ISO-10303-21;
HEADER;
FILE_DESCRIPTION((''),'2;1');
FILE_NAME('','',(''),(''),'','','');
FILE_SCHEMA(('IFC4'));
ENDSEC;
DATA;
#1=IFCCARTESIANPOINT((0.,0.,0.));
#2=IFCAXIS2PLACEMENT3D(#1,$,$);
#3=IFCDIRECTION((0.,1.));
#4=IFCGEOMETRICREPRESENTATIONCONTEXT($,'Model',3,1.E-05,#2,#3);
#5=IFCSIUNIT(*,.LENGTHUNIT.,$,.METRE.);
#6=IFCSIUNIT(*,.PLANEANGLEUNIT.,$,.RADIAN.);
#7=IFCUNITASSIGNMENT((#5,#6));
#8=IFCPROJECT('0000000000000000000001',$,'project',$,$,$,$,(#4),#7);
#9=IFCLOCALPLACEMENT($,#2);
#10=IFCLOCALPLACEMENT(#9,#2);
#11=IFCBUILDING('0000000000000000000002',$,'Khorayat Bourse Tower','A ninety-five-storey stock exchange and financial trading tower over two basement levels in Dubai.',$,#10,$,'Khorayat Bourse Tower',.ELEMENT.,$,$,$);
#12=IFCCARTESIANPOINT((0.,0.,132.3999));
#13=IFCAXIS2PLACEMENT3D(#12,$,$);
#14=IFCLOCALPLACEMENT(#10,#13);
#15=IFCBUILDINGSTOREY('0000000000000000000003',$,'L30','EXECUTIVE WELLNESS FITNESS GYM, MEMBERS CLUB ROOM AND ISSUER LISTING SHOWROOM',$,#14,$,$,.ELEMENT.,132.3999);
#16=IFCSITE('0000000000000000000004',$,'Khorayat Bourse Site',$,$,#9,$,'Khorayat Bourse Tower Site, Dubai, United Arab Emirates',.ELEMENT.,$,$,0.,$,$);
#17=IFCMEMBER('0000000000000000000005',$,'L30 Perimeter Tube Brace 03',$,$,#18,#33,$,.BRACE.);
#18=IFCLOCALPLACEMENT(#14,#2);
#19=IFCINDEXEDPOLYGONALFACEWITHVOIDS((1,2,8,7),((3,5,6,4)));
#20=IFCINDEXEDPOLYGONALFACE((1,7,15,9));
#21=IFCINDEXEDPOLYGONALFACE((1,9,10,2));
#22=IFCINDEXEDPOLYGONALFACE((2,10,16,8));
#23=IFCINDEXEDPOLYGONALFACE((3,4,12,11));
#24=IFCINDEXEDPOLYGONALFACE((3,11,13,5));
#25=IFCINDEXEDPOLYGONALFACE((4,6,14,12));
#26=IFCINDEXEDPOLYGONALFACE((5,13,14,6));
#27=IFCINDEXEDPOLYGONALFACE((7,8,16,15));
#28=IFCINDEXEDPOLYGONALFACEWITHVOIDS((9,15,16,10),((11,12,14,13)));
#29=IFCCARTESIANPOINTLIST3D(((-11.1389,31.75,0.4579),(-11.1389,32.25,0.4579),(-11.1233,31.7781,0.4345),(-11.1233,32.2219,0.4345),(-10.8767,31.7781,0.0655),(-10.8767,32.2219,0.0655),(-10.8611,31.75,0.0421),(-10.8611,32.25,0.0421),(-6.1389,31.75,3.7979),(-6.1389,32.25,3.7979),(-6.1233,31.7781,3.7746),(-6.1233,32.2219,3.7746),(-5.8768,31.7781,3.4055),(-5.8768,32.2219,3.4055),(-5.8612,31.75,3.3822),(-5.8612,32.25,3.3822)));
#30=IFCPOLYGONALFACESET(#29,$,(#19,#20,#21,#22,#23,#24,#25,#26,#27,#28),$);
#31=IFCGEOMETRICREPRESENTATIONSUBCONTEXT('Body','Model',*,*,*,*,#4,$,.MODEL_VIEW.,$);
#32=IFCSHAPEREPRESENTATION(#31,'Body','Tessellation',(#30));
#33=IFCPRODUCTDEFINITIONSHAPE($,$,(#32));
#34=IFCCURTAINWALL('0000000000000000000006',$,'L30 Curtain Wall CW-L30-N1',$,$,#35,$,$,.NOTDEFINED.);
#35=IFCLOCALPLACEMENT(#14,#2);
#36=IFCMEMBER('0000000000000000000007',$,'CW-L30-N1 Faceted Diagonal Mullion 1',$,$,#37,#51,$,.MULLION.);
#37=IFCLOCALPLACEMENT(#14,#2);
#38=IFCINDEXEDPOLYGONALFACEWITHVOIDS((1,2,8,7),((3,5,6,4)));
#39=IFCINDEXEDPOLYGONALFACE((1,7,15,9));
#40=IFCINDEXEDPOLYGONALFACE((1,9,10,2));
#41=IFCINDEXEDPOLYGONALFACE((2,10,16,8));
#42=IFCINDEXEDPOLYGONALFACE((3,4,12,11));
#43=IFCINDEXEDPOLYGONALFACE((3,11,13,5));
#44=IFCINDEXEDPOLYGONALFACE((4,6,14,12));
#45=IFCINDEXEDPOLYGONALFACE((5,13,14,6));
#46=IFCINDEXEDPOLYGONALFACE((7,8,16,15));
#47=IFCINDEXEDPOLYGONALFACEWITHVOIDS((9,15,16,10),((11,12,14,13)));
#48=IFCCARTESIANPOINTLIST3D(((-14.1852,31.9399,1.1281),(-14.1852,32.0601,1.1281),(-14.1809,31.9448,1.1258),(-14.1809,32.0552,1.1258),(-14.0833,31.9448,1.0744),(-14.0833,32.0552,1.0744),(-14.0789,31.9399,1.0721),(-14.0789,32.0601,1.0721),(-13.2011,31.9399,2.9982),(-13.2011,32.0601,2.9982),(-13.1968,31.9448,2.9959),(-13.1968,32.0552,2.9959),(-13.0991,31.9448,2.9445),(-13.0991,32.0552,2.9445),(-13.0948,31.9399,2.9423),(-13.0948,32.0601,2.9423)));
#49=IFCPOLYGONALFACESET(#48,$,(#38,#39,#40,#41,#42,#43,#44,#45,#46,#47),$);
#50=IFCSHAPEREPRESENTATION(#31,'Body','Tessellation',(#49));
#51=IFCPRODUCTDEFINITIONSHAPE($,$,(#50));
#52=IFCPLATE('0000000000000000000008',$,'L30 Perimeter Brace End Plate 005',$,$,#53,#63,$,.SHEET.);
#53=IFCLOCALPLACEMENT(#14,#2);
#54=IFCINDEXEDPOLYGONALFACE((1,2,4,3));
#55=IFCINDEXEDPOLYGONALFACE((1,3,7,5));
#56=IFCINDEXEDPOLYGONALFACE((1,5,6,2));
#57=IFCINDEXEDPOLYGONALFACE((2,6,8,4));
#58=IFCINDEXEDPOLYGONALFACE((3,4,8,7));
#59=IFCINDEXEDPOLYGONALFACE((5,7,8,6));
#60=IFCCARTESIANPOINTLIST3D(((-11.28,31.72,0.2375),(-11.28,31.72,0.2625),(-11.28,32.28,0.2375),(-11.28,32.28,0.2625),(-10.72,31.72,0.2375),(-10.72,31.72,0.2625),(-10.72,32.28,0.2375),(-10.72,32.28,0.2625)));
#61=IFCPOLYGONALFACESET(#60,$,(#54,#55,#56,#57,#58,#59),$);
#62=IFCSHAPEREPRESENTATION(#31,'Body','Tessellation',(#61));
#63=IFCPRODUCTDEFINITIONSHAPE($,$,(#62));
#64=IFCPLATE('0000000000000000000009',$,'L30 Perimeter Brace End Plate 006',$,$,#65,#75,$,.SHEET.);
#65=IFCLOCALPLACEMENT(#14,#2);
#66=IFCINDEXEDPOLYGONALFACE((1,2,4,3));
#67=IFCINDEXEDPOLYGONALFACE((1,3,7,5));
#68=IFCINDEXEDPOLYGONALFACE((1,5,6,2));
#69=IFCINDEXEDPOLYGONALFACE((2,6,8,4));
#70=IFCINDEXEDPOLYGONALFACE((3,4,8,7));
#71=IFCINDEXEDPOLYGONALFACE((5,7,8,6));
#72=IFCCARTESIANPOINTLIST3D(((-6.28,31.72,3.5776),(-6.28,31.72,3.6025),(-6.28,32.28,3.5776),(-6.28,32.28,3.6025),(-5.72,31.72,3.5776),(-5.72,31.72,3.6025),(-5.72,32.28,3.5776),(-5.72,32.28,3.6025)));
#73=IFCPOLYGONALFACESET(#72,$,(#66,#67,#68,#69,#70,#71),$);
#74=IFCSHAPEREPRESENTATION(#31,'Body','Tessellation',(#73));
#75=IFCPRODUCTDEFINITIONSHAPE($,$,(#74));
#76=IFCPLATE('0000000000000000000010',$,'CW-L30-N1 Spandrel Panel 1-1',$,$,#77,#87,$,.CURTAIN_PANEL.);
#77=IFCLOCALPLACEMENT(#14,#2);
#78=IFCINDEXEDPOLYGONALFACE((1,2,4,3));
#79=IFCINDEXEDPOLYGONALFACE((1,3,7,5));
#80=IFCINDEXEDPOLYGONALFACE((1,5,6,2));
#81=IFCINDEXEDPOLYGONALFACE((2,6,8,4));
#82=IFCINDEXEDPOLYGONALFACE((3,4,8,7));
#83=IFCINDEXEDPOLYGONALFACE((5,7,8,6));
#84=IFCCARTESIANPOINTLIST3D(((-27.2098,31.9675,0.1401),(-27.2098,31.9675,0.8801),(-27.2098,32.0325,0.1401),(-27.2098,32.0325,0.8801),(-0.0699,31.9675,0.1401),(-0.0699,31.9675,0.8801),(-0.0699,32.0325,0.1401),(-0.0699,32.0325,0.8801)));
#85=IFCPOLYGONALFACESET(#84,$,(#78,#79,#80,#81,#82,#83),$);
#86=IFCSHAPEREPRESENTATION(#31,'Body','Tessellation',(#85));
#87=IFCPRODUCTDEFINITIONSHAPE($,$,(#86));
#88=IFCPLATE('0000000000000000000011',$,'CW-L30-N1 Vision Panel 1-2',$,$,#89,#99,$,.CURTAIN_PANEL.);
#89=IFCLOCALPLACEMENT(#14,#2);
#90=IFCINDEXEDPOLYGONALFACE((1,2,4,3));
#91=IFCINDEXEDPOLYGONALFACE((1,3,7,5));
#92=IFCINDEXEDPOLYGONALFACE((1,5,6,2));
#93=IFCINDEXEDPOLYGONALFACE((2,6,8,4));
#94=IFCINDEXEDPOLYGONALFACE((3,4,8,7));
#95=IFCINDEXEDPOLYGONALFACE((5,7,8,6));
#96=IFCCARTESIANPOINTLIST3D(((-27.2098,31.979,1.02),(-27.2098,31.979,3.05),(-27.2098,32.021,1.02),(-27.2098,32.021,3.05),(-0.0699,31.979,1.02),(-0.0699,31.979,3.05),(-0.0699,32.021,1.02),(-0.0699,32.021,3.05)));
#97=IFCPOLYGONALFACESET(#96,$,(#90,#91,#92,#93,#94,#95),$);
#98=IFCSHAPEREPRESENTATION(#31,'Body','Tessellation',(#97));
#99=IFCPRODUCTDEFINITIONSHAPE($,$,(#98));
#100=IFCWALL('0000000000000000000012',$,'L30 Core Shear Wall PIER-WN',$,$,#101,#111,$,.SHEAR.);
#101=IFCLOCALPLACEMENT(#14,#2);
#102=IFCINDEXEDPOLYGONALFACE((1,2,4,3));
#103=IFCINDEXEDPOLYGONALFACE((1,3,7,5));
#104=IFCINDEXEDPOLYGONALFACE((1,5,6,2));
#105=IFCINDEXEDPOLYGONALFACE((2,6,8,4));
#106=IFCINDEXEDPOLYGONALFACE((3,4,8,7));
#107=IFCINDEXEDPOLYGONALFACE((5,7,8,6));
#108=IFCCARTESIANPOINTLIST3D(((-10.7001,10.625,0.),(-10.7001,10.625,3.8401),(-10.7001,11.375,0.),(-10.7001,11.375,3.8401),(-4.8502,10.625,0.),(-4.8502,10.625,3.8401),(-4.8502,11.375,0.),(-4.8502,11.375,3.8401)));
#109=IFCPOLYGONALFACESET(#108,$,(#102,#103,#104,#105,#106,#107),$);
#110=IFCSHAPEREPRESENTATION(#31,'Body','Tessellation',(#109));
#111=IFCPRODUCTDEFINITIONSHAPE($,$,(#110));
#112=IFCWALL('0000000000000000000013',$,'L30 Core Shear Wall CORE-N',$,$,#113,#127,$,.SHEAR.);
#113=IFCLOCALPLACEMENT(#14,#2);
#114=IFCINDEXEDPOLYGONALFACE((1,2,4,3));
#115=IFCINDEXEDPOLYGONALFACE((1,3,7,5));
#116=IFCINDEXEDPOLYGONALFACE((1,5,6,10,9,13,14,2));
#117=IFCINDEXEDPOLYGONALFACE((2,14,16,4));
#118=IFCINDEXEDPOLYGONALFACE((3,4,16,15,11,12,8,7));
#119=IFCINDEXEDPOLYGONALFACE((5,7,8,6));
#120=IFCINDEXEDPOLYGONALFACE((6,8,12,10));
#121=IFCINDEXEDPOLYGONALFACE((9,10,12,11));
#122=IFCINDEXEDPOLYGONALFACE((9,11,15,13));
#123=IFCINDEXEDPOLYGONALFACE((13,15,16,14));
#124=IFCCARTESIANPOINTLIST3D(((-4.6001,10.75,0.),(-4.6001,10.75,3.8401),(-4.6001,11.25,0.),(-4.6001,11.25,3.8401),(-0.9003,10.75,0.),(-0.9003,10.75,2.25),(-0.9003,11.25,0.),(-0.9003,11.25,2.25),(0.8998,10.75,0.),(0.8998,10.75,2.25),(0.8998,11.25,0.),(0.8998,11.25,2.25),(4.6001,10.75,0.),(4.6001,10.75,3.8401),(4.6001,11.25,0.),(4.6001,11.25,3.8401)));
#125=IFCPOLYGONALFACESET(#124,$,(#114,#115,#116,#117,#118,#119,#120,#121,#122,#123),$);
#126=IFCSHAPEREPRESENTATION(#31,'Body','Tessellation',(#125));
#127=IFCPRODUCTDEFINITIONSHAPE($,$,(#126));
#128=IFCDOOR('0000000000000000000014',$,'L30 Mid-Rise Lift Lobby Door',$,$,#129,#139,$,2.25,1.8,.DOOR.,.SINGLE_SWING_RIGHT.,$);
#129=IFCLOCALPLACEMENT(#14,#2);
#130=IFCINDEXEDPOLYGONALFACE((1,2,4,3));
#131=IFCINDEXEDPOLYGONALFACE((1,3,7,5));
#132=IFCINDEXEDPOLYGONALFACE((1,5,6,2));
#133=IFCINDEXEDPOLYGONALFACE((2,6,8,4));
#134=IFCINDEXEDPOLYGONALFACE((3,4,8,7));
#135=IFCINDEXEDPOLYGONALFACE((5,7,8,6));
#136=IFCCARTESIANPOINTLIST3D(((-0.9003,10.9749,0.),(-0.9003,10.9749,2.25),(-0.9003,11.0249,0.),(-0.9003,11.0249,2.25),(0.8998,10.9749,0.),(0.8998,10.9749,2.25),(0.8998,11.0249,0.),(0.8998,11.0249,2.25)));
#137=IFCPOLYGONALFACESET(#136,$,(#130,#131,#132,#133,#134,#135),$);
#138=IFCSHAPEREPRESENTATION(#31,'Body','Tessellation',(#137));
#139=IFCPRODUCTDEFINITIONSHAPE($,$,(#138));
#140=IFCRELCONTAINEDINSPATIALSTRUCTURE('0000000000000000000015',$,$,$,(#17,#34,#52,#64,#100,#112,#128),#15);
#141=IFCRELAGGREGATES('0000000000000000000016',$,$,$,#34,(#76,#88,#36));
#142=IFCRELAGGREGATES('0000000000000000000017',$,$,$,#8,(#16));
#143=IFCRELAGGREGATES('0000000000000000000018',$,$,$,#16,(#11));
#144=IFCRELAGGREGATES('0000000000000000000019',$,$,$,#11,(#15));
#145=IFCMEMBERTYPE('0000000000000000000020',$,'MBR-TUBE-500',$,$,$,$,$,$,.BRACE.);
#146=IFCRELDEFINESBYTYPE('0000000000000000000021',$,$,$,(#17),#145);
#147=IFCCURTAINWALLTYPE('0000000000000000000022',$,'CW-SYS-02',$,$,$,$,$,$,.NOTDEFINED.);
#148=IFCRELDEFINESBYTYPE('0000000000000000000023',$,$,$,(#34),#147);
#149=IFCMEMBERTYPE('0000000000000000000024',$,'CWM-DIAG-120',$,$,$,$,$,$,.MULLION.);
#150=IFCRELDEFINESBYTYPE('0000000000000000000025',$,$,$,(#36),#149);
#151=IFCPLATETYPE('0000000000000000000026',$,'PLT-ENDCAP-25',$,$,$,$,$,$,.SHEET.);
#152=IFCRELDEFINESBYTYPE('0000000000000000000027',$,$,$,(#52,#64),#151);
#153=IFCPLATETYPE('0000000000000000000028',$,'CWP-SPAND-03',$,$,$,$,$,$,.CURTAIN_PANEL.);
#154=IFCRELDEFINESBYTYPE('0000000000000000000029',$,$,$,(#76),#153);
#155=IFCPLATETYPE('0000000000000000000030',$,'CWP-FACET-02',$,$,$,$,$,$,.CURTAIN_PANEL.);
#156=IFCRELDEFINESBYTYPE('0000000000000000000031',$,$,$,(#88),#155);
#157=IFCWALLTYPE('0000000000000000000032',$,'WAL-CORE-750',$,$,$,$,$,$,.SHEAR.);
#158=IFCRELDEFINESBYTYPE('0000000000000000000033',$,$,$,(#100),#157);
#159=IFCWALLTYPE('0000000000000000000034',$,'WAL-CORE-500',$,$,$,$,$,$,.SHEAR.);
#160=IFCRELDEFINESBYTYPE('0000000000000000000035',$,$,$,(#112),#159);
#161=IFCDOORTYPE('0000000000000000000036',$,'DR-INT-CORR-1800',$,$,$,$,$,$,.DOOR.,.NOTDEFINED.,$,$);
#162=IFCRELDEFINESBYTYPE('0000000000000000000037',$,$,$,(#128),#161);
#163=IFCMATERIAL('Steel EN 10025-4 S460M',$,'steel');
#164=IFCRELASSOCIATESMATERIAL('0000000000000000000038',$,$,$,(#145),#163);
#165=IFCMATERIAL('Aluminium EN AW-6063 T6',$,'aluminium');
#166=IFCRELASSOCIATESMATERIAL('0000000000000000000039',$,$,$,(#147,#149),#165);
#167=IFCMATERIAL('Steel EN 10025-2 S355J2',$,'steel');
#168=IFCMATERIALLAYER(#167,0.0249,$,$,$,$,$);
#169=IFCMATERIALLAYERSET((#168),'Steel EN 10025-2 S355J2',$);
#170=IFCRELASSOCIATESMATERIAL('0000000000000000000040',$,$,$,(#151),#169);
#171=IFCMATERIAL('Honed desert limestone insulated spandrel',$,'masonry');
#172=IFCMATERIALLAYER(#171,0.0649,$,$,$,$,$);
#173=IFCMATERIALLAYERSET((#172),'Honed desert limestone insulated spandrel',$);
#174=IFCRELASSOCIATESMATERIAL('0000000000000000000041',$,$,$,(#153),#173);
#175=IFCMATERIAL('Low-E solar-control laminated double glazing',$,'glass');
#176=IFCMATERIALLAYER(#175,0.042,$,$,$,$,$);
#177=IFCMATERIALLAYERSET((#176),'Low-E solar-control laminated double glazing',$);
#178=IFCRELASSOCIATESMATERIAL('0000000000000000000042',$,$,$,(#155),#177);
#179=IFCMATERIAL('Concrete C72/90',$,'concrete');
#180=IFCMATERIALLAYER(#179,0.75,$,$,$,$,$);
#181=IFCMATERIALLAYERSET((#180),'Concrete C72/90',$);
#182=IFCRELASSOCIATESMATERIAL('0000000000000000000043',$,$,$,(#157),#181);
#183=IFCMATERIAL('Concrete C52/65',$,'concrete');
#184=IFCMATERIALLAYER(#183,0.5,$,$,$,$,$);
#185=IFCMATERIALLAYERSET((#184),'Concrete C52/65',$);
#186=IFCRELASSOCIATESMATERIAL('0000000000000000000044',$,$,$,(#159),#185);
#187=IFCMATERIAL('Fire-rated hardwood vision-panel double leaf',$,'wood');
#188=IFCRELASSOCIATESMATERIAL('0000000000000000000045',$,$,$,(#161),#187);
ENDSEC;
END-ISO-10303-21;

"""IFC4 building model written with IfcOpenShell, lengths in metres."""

from ifc_helpers import new_model, si_unit, direction, frame, frame_2d, origin, origin_2d, place, context, subcontext, project, spatial, rectangle, hollow_rectangle, extrude, source, transform, mapped, material, layer, layer_set, material_profile, profile_set, type_object, element, fill, aggregate, save


model = new_model("IFC4")

# Units and contexts
model_context = context("Model", 3, precision=1e-05, world=origin(), true_north=direction((0.0, 1.0)))
body_context = subcontext(model_context, "Body", "Model", "MODEL_VIEW")
ifc_project = project(units=[si_unit("LENGTHUNIT", "METRE"), si_unit("PLANEANGLEUNIT", "RADIAN")], contexts=[model_context])

# Site, building, storey
site_placement = place(None, origin())
site = spatial("IfcSite", under=ifc_project, at=site_placement, Name="Khorayat Bourse Site", LongName="Khorayat Bourse Tower Site, Dubai, United Arab Emirates", CompositionType="ELEMENT", RefElevation=0.0)
building_placement = place(site_placement, origin())
building = spatial("IfcBuilding", under=site, at=building_placement, Name="Khorayat Bourse Tower", Description="A ninety-five-storey stock exchange and financial trading tower over two basement levels in Dubai.", LongName="Khorayat Bourse Tower", CompositionType="ELEMENT")
storey_placement = place(building_placement, frame((0.0, 0.0, 132.3999)))
storey = spatial("IfcBuildingStorey", under=building, at=storey_placement, Name="L30", Description="EXECUTIVE WELLNESS FITNESS GYM, MEMBERS CLUB ROOM AND ISSUER LISTING SHOWROOM", CompositionType="ELEMENT", Elevation=132.3999)

# Shared definitions
ifc_material_1 = material(Name="Steel EN 10025-4 S460M", Category="steel")
ifc_material_2 = material(Name="Concrete C72/90", Category="concrete")

# Member
ifc_material_profile_1 = material_profile(ifc_material_1, hollow_rectangle(XDim=0.5, YDim=0.5, WallThickness=0.0281, at=origin_2d()), Name="HSS 500x500x28")
ifc_profile_set_1 = profile_set([ifc_material_profile_1], Name="Steel EN 10025-4 S460M")
member_type_1 = type_object("IfcMemberType", Name="MBR-TUBE-500", PredefinedType="BRACE", material=ifc_profile_set_1)
shared_shape_1 = source(origin(), body_context, "Body", "SweptSolid", [
    extrude(hollow_rectangle(XDim=0.5, YDim=0.5, WallThickness=0.0281, at=origin_2d()), origin(), (0.0, 0.0, 1.0), 6.0129),
])
member_1_placement = place(storey_placement, frame((-11.0, 32.0, 0.25), z_axis=(0.831531, 0.0, 0.555478), x_axis=(0.0, 1.0, 0.0)))
element("IfcMember", 1, at=member_1_placement, inside=storey, type_object=member_type_1, Name="L30 Perimeter Tube Brace 03", PredefinedType="BRACE", context=body_context, shape_type="MappedRepresentation", body=[
    mapped(shared_shape_1, transform((0.0, 0.0, 0.0), scale=1.0)),
])

# Curtain wall, member
ifc_material_3 = material(Name="Aluminium EN AW-6063 T6", Category="aluminium")
curtain_wall_type = type_object("IfcCurtainWallType", Name="CW-SYS-02", PredefinedType="NOTDEFINED", material=ifc_material_3)
curtain_wall_placement = place(storey_placement, origin())
curtain_wall = element("IfcCurtainWall", 2, at=curtain_wall_placement, inside=storey, type_object=curtain_wall_type, Name="L30 Curtain Wall CW-L30-N1", PredefinedType="NOTDEFINED")
ifc_material_profile_2 = material_profile(ifc_material_3, hollow_rectangle(XDim=0.1201, YDim=0.1201, WallThickness=0.0049, at=origin_2d()), Name="ALU 120x120x5")
ifc_profile_set_2 = profile_set([ifc_material_profile_2], Name="Aluminium EN AW-6063 T6")
member_type_2 = type_object("IfcMemberType", Name="CWM-DIAG-120", PredefinedType="MULLION", material=ifc_profile_set_2)
shared_shape_2 = source(origin(), body_context, "Body", "SweptSolid", [
    extrude(hollow_rectangle(XDim=0.1201, YDim=0.1201, WallThickness=0.0049, at=origin_2d()), origin(), (0.0, 0.0, 1.0), 2.1133),
])
member_2_placement = place(storey_placement, frame((-14.1321, 32.0, 1.1001), z_axis=(0.465694, 0.0, 0.884946), x_axis=(0.0, 1.0, 0.0)))
member_2 = element("IfcMember", 3, at=member_2_placement, type_object=member_type_2, Name="CW-L30-N1 Faceted Diagonal Mullion 1", PredefinedType="MULLION", context=body_context, shape_type="MappedRepresentation", body=[
    mapped(shared_shape_2, transform((0.0, 0.0, 0.0), scale=1.0)),
])

# Plates
ifc_material_4 = material(Name="Steel EN 10025-2 S355J2", Category="steel")
ifc_layer_1 = layer(ifc_material_4, 0.0249)
ifc_layer_set_1 = layer_set([ifc_layer_1], Name="Steel EN 10025-2 S355J2")
plate_type_1 = type_object("IfcPlateType", Name="PLT-ENDCAP-25", PredefinedType="SHEET", material=ifc_layer_set_1)
shared_shape_3 = source(origin(), body_context, "Body", "SweptSolid", [
    extrude(rectangle(XDim=0.5601, YDim=0.5601, at=origin_2d()), origin(), (0.0, 0.0, 1.0), 0.0249),
])
for number, where, z_axis, x_axis, name in (
    (4, (-11.0, 32.0, 0.2375), (0.0, 0.0, 1.0), (1.0, 0.0, 0.0), "L30 Perimeter Brace End Plate 005"),
    (5, (-6.0, 32.0, 3.5776), (0.0, 0.0, 1.0), (1.0, 0.0, 0.0), "L30 Perimeter Brace End Plate 006"),
):
    element("IfcPlate", number, at=place(storey_placement, frame(where, z_axis=z_axis, x_axis=x_axis)), inside=storey, type_object=plate_type_1, Name=name, PredefinedType="SHEET", context=body_context, shape_type="MappedRepresentation", body=[
        mapped(shared_shape_3, transform((0.0, 0.0, 0.0), scale=1.0)),
    ])

# Plates
ifc_material_5 = material(Name="Honed desert limestone insulated spandrel", Category="masonry")
ifc_layer_2 = layer(ifc_material_5, 0.0649)
ifc_layer_set_2 = layer_set([ifc_layer_2], Name="Honed desert limestone insulated spandrel")
plate_type_2 = type_object("IfcPlateType", Name="CWP-SPAND-03", PredefinedType="CURTAIN_PANEL", material=ifc_layer_set_2)
shared_shape_4 = source(origin(), body_context, "Body", "SweptSolid", [
    extrude(rectangle(XDim=27.1399, YDim=0.0649, at=origin_2d()), origin(), (0.0, 0.0, 1.0), 0.74),
])
plate_1_placement = place(storey_placement, frame((-13.6399, 32.0, 0.1401), z_axis=(0.0, 0.0, 1.0), x_axis=(1.0, 0.0, 0.0)))
plate_1 = element("IfcPlate", 6, at=plate_1_placement, type_object=plate_type_2, Name="CW-L30-N1 Spandrel Panel 1-1", PredefinedType="CURTAIN_PANEL", context=body_context, shape_type="MappedRepresentation", body=[
    mapped(shared_shape_4, transform((0.0, 0.0, 0.0), scale=1.0)),
])
ifc_material_6 = material(Name="Low-E solar-control laminated double glazing", Category="glass")
ifc_layer_3 = layer(ifc_material_6, 0.042)
ifc_layer_set_3 = layer_set([ifc_layer_3], Name="Low-E solar-control laminated double glazing")
plate_type_3 = type_object("IfcPlateType", Name="CWP-FACET-02", PredefinedType="CURTAIN_PANEL", material=ifc_layer_set_3)
shared_shape_5 = source(origin(), body_context, "Body", "SweptSolid", [
    extrude(rectangle(XDim=27.1399, YDim=0.042, at=origin_2d()), origin(), (0.0, 0.0, 1.0), 2.03),
])
plate_2_placement = place(storey_placement, frame((-13.6399, 32.0, 1.02), z_axis=(0.0, 0.0, 1.0), x_axis=(1.0, 0.0, 0.0)))
plate_2 = element("IfcPlate", 7, at=plate_2_placement, type_object=plate_type_3, Name="CW-L30-N1 Vision Panel 1-2", PredefinedType="CURTAIN_PANEL", context=body_context, shape_type="MappedRepresentation", body=[
    mapped(shared_shape_5, transform((0.0, 0.0, 0.0), scale=1.0)),
])
aggregate(curtain_wall, [plate_1, plate_2, member_2])

# Wall
ifc_layer_4 = layer(ifc_material_2, 0.75)
ifc_layer_set_4 = layer_set([ifc_layer_4], Name="Concrete C72/90")
wall_type_1 = type_object("IfcWallType", Name="WAL-CORE-750", PredefinedType="SHEAR", material=ifc_layer_set_4)
shared_shape_6 = source(origin(), body_context, "Body", "SweptSolid", [
    extrude(rectangle(XDim=5.8499, YDim=0.75, at=frame_2d((2.9248, 0.0))), origin(), (0.0, 0.0, 1.0), 3.8401),
])
wall_1_placement = place(storey_placement, frame((-10.7, 11.0, 0.0), z_axis=(0.0, 0.0, 1.0), x_axis=(1.0, 0.0, 0.0)))
element("IfcWall", 8, at=wall_1_placement, inside=storey, type_object=wall_type_1, Name="L30 Core Shear Wall PIER-WN", PredefinedType="SHEAR", context=body_context, shape_type="MappedRepresentation", body=[
    mapped(shared_shape_6, transform((0.0, 0.0, 0.0), scale=1.0)),
])

# Wall, opening, door
ifc_material_7 = material(Name="Concrete C52/65", Category="concrete")
ifc_layer_5 = layer(ifc_material_7, 0.5)
ifc_layer_set_5 = layer_set([ifc_layer_5], Name="Concrete C52/65")
wall_type_2 = type_object("IfcWallType", Name="WAL-CORE-500", PredefinedType="SHEAR", material=ifc_layer_set_5)
shared_shape_7 = source(origin(), body_context, "Body", "SweptSolid", [
    extrude(rectangle(XDim=9.2002, YDim=0.5, at=frame_2d((4.6001, 0.0))), origin(), (0.0, 0.0, 1.0), 3.8401),
])
wall_2_placement = place(storey_placement, frame((-4.6001, 11.0, 0.0), z_axis=(0.0, 0.0, 1.0), x_axis=(1.0, 0.0, 0.0)))
wall_2 = element("IfcWall", 9, at=wall_2_placement, inside=storey, type_object=wall_type_2, Name="L30 Core Shear Wall CORE-N", PredefinedType="SHEAR", context=body_context, shape_type="MappedRepresentation", body=[
    mapped(shared_shape_7, transform((0.0, 0.0, 0.0), scale=1.0)),
])
shared_shape_8 = source(origin(), body_context, "Body", "SweptSolid", [
    extrude(rectangle(XDim=1.8, YDim=2.25, at=frame_2d((0.8999, 1.125))), frame((0.0, 0.26, 0.0), z_axis=(0.0, -1.0, 0.0), x_axis=(1.0, 0.0, 0.0)), (0.0, 0.0, 1.0), 0.52),
])
opening_1_placement = place(wall_2_placement, frame((3.7, 0.0, 0.0)))
opening_1 = element("IfcOpeningElement", 10, at=opening_1_placement, cuts=wall_2, PredefinedType="OPENING", context=body_context, shape_type="MappedRepresentation", body=[
    mapped(shared_shape_8, transform((0.0, 0.0, 0.0), scale=1.0)),
])
ifc_material_8 = material(Name="Fire-rated hardwood vision-panel double leaf", Category="wood")
door_type_1 = type_object("IfcDoorType", Name="DR-INT-CORR-1800", OperationType="NOTDEFINED", PredefinedType="DOOR", material=ifc_material_8)
shared_shape_9 = source(origin(), body_context, "Body", "SweptSolid", [
    extrude(rectangle(XDim=1.8, YDim=2.25, at=frame_2d((0.8999, 1.125))), frame((0.0, 0.0249, 0.0), z_axis=(0.0, -1.0, 0.0), x_axis=(1.0, 0.0, 0.0)), (0.0, 0.0, 1.0), 0.05),
])
door_1_placement = place(opening_1_placement, origin())
door_1 = element("IfcDoor", 11, at=door_1_placement, inside=storey, type_object=door_type_1, Name="L30 Mid-Rise Lift Lobby Door", OperationType="SINGLE_SWING_RIGHT", OverallHeight=2.25, OverallWidth=1.8, PredefinedType="DOOR", context=body_context, shape_type="MappedRepresentation", body=[
    mapped(shared_shape_9, transform((0.0, 0.0, 0.0), scale=1.0)),
])
fill(opening_1, door_1)

save(model, "model.ifc")
